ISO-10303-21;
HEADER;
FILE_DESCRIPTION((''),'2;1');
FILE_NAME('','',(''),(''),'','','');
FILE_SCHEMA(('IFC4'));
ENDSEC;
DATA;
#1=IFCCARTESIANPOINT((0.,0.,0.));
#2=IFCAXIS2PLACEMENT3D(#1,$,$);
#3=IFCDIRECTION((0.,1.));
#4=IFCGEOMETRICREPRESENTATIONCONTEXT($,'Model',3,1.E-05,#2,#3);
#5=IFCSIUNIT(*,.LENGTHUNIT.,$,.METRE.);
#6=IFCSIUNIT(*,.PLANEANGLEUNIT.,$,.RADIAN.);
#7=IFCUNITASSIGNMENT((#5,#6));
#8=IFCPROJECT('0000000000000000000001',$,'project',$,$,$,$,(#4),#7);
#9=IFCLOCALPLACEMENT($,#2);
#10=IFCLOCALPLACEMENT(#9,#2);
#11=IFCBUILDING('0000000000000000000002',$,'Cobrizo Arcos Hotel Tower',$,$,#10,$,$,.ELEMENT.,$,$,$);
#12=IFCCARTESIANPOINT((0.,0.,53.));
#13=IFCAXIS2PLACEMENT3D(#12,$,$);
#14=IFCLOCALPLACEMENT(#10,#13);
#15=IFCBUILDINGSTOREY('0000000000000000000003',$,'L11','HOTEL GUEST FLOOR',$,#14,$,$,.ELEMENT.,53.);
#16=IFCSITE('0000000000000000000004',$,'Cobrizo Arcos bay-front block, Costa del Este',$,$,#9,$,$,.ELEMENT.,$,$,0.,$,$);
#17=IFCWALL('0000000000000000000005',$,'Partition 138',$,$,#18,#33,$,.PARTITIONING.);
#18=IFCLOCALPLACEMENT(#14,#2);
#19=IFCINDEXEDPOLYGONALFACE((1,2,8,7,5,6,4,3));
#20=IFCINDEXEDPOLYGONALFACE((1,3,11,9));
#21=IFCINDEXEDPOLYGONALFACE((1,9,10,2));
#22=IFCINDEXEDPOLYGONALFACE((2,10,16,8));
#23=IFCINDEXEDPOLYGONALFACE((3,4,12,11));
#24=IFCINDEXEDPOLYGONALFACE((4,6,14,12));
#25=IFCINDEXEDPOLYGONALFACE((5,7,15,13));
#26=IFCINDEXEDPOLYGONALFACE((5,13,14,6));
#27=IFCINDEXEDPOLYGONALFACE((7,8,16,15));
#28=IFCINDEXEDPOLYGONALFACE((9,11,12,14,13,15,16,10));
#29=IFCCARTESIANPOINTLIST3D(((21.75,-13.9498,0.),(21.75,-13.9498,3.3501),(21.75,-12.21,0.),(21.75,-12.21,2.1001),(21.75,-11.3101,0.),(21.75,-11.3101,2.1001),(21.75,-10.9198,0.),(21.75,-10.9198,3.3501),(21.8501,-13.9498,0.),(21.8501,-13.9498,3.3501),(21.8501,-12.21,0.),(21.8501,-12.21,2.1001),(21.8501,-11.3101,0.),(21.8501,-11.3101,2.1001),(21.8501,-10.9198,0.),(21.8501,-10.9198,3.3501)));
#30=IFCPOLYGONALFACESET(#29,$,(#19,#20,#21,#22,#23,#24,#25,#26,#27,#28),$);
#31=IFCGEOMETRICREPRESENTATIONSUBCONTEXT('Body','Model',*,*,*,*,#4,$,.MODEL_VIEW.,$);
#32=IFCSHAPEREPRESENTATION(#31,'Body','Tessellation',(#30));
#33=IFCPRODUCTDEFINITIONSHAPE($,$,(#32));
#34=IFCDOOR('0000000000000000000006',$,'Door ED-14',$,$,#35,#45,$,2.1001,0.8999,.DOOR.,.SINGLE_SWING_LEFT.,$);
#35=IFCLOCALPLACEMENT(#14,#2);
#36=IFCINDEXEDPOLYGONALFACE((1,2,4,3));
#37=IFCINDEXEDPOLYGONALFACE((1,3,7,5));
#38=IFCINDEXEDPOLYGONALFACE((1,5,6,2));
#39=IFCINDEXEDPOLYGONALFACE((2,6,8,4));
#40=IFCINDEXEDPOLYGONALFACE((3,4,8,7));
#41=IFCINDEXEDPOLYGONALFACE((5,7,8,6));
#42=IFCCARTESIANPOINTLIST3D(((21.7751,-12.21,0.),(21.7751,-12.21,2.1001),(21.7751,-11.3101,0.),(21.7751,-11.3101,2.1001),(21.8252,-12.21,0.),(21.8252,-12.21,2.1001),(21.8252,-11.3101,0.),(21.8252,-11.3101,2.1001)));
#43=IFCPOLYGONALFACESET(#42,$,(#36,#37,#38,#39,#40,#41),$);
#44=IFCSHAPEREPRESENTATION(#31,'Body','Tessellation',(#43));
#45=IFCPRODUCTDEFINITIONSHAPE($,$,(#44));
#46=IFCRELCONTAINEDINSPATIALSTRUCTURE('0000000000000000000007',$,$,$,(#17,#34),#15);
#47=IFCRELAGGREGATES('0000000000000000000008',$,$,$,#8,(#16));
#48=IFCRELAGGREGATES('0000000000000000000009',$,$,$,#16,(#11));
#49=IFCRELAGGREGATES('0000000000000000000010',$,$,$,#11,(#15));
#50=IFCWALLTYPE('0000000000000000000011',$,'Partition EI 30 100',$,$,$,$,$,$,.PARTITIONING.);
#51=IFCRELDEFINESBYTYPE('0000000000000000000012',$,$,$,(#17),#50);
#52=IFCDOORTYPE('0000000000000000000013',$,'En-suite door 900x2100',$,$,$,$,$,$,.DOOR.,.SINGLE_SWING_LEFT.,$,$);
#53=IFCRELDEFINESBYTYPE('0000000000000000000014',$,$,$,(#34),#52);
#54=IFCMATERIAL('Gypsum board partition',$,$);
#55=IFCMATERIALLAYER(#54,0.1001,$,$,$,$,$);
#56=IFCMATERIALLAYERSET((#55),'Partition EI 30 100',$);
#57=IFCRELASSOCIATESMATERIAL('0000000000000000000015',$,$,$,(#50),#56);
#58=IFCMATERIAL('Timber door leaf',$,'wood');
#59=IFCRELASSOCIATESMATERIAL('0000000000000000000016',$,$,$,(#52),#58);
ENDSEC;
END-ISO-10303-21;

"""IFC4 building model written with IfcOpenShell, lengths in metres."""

from ifc_helpers import new_model, si_unit, direction, frame, frame_2d, origin, place, context, subcontext, project, spatial, rectangle, extrude, material, layer, layer_set, type_object, element, fill, save


model = new_model("IFC4")

# Units and contexts
model_context = context("Model", 3, precision=1e-05, world=origin(), true_north=direction((0.0, 1.0)))
body_context = subcontext(model_context, "Body", "Model", "MODEL_VIEW")
ifc_project = project(units=[si_unit("LENGTHUNIT", "METRE"), si_unit("PLANEANGLEUNIT", "RADIAN")], contexts=[model_context])

# Site, building, storey
site_placement = place(None, origin())
site = spatial("IfcSite", under=ifc_project, at=site_placement, Name="Cobrizo Arcos bay-front block, Costa del Este", CompositionType="ELEMENT", RefElevation=0.0)
building_placement = place(site_placement, origin())
building = spatial("IfcBuilding", under=site, at=building_placement, Name="Cobrizo Arcos Hotel Tower", CompositionType="ELEMENT")
storey_placement = place(building_placement, frame((0.0, 0.0, 53.0)))
storey = spatial("IfcBuildingStorey", under=building, at=storey_placement, Name="L11", Description="HOTEL GUEST FLOOR", CompositionType="ELEMENT", Elevation=53.0)

# Shared definitions
ifc_material_1 = material(Name="Gypsum board partition")
ifc_layer_1 = layer(ifc_material_1, 0.1001)
ifc_layer_set_1 = layer_set([ifc_layer_1], Name="Partition EI 30 100")
wall_type_1 = type_object("IfcWallType", Name="Partition EI 30 100", PredefinedType="PARTITIONING", material=ifc_layer_set_1)

# Wall, opening, door
wall_1_placement = place(storey_placement, frame((21.8, -13.95, 0.0), z_axis=(0.0, 0.0, 1.0), x_axis=(0.0, 1.0, 0.0)))
wall_1 = element("IfcWall", 1, at=wall_1_placement, inside=storey, type_object=wall_type_1, Name="Partition 138", PredefinedType="PARTITIONING", context=body_context, shape_type="SweptSolid", body=[
    extrude(rectangle(XDim=3.03, YDim=0.1001, at=frame_2d((1.5151, 0.0))), origin(), (0.0, 0.0, 1.0), 3.3501),
])
opening_1_placement = place(wall_1_placement, frame((1.74, 0.0, 0.0)))
opening_1 = element("IfcOpeningElement", 2, at=opening_1_placement, cuts=wall_1, PredefinedType="OPENING", context=body_context, shape_type="SweptSolid", body=[
    extrude(rectangle(XDim=0.8999, YDim=2.1001, at=frame_2d((0.45, 1.05))), frame((0.0, 0.062, 0.0), z_axis=(0.0, -1.0, 0.0), x_axis=(1.0, 0.0, 0.0)), (0.0, 0.0, 1.0), 0.124),
])
ifc_material_2 = material(Name="Timber door leaf", Category="wood")
door_type_1 = type_object("IfcDoorType", Name="En-suite door 900x2100", OperationType="SINGLE_SWING_LEFT", PredefinedType="DOOR", material=ifc_material_2)
door_1_placement = place(opening_1_placement, origin())
door_1 = element("IfcDoor", 3, at=door_1_placement, inside=storey, type_object=door_type_1, Name="Door ED-14", OperationType="SINGLE_SWING_LEFT", OverallHeight=2.1001, OverallWidth=0.8999, PredefinedType="DOOR", context=body_context, shape_type="SweptSolid", body=[
    extrude(rectangle(XDim=0.8999, YDim=2.1001, at=frame_2d((0.45, 1.05))), frame((0.0, 0.0249, 0.0), z_axis=(0.0, -1.0, 0.0), x_axis=(1.0, 0.0, 0.0)), (0.0, 0.0, 1.0), 0.05),
])
fill(opening_1, door_1)

save(model, "model.ifc")
